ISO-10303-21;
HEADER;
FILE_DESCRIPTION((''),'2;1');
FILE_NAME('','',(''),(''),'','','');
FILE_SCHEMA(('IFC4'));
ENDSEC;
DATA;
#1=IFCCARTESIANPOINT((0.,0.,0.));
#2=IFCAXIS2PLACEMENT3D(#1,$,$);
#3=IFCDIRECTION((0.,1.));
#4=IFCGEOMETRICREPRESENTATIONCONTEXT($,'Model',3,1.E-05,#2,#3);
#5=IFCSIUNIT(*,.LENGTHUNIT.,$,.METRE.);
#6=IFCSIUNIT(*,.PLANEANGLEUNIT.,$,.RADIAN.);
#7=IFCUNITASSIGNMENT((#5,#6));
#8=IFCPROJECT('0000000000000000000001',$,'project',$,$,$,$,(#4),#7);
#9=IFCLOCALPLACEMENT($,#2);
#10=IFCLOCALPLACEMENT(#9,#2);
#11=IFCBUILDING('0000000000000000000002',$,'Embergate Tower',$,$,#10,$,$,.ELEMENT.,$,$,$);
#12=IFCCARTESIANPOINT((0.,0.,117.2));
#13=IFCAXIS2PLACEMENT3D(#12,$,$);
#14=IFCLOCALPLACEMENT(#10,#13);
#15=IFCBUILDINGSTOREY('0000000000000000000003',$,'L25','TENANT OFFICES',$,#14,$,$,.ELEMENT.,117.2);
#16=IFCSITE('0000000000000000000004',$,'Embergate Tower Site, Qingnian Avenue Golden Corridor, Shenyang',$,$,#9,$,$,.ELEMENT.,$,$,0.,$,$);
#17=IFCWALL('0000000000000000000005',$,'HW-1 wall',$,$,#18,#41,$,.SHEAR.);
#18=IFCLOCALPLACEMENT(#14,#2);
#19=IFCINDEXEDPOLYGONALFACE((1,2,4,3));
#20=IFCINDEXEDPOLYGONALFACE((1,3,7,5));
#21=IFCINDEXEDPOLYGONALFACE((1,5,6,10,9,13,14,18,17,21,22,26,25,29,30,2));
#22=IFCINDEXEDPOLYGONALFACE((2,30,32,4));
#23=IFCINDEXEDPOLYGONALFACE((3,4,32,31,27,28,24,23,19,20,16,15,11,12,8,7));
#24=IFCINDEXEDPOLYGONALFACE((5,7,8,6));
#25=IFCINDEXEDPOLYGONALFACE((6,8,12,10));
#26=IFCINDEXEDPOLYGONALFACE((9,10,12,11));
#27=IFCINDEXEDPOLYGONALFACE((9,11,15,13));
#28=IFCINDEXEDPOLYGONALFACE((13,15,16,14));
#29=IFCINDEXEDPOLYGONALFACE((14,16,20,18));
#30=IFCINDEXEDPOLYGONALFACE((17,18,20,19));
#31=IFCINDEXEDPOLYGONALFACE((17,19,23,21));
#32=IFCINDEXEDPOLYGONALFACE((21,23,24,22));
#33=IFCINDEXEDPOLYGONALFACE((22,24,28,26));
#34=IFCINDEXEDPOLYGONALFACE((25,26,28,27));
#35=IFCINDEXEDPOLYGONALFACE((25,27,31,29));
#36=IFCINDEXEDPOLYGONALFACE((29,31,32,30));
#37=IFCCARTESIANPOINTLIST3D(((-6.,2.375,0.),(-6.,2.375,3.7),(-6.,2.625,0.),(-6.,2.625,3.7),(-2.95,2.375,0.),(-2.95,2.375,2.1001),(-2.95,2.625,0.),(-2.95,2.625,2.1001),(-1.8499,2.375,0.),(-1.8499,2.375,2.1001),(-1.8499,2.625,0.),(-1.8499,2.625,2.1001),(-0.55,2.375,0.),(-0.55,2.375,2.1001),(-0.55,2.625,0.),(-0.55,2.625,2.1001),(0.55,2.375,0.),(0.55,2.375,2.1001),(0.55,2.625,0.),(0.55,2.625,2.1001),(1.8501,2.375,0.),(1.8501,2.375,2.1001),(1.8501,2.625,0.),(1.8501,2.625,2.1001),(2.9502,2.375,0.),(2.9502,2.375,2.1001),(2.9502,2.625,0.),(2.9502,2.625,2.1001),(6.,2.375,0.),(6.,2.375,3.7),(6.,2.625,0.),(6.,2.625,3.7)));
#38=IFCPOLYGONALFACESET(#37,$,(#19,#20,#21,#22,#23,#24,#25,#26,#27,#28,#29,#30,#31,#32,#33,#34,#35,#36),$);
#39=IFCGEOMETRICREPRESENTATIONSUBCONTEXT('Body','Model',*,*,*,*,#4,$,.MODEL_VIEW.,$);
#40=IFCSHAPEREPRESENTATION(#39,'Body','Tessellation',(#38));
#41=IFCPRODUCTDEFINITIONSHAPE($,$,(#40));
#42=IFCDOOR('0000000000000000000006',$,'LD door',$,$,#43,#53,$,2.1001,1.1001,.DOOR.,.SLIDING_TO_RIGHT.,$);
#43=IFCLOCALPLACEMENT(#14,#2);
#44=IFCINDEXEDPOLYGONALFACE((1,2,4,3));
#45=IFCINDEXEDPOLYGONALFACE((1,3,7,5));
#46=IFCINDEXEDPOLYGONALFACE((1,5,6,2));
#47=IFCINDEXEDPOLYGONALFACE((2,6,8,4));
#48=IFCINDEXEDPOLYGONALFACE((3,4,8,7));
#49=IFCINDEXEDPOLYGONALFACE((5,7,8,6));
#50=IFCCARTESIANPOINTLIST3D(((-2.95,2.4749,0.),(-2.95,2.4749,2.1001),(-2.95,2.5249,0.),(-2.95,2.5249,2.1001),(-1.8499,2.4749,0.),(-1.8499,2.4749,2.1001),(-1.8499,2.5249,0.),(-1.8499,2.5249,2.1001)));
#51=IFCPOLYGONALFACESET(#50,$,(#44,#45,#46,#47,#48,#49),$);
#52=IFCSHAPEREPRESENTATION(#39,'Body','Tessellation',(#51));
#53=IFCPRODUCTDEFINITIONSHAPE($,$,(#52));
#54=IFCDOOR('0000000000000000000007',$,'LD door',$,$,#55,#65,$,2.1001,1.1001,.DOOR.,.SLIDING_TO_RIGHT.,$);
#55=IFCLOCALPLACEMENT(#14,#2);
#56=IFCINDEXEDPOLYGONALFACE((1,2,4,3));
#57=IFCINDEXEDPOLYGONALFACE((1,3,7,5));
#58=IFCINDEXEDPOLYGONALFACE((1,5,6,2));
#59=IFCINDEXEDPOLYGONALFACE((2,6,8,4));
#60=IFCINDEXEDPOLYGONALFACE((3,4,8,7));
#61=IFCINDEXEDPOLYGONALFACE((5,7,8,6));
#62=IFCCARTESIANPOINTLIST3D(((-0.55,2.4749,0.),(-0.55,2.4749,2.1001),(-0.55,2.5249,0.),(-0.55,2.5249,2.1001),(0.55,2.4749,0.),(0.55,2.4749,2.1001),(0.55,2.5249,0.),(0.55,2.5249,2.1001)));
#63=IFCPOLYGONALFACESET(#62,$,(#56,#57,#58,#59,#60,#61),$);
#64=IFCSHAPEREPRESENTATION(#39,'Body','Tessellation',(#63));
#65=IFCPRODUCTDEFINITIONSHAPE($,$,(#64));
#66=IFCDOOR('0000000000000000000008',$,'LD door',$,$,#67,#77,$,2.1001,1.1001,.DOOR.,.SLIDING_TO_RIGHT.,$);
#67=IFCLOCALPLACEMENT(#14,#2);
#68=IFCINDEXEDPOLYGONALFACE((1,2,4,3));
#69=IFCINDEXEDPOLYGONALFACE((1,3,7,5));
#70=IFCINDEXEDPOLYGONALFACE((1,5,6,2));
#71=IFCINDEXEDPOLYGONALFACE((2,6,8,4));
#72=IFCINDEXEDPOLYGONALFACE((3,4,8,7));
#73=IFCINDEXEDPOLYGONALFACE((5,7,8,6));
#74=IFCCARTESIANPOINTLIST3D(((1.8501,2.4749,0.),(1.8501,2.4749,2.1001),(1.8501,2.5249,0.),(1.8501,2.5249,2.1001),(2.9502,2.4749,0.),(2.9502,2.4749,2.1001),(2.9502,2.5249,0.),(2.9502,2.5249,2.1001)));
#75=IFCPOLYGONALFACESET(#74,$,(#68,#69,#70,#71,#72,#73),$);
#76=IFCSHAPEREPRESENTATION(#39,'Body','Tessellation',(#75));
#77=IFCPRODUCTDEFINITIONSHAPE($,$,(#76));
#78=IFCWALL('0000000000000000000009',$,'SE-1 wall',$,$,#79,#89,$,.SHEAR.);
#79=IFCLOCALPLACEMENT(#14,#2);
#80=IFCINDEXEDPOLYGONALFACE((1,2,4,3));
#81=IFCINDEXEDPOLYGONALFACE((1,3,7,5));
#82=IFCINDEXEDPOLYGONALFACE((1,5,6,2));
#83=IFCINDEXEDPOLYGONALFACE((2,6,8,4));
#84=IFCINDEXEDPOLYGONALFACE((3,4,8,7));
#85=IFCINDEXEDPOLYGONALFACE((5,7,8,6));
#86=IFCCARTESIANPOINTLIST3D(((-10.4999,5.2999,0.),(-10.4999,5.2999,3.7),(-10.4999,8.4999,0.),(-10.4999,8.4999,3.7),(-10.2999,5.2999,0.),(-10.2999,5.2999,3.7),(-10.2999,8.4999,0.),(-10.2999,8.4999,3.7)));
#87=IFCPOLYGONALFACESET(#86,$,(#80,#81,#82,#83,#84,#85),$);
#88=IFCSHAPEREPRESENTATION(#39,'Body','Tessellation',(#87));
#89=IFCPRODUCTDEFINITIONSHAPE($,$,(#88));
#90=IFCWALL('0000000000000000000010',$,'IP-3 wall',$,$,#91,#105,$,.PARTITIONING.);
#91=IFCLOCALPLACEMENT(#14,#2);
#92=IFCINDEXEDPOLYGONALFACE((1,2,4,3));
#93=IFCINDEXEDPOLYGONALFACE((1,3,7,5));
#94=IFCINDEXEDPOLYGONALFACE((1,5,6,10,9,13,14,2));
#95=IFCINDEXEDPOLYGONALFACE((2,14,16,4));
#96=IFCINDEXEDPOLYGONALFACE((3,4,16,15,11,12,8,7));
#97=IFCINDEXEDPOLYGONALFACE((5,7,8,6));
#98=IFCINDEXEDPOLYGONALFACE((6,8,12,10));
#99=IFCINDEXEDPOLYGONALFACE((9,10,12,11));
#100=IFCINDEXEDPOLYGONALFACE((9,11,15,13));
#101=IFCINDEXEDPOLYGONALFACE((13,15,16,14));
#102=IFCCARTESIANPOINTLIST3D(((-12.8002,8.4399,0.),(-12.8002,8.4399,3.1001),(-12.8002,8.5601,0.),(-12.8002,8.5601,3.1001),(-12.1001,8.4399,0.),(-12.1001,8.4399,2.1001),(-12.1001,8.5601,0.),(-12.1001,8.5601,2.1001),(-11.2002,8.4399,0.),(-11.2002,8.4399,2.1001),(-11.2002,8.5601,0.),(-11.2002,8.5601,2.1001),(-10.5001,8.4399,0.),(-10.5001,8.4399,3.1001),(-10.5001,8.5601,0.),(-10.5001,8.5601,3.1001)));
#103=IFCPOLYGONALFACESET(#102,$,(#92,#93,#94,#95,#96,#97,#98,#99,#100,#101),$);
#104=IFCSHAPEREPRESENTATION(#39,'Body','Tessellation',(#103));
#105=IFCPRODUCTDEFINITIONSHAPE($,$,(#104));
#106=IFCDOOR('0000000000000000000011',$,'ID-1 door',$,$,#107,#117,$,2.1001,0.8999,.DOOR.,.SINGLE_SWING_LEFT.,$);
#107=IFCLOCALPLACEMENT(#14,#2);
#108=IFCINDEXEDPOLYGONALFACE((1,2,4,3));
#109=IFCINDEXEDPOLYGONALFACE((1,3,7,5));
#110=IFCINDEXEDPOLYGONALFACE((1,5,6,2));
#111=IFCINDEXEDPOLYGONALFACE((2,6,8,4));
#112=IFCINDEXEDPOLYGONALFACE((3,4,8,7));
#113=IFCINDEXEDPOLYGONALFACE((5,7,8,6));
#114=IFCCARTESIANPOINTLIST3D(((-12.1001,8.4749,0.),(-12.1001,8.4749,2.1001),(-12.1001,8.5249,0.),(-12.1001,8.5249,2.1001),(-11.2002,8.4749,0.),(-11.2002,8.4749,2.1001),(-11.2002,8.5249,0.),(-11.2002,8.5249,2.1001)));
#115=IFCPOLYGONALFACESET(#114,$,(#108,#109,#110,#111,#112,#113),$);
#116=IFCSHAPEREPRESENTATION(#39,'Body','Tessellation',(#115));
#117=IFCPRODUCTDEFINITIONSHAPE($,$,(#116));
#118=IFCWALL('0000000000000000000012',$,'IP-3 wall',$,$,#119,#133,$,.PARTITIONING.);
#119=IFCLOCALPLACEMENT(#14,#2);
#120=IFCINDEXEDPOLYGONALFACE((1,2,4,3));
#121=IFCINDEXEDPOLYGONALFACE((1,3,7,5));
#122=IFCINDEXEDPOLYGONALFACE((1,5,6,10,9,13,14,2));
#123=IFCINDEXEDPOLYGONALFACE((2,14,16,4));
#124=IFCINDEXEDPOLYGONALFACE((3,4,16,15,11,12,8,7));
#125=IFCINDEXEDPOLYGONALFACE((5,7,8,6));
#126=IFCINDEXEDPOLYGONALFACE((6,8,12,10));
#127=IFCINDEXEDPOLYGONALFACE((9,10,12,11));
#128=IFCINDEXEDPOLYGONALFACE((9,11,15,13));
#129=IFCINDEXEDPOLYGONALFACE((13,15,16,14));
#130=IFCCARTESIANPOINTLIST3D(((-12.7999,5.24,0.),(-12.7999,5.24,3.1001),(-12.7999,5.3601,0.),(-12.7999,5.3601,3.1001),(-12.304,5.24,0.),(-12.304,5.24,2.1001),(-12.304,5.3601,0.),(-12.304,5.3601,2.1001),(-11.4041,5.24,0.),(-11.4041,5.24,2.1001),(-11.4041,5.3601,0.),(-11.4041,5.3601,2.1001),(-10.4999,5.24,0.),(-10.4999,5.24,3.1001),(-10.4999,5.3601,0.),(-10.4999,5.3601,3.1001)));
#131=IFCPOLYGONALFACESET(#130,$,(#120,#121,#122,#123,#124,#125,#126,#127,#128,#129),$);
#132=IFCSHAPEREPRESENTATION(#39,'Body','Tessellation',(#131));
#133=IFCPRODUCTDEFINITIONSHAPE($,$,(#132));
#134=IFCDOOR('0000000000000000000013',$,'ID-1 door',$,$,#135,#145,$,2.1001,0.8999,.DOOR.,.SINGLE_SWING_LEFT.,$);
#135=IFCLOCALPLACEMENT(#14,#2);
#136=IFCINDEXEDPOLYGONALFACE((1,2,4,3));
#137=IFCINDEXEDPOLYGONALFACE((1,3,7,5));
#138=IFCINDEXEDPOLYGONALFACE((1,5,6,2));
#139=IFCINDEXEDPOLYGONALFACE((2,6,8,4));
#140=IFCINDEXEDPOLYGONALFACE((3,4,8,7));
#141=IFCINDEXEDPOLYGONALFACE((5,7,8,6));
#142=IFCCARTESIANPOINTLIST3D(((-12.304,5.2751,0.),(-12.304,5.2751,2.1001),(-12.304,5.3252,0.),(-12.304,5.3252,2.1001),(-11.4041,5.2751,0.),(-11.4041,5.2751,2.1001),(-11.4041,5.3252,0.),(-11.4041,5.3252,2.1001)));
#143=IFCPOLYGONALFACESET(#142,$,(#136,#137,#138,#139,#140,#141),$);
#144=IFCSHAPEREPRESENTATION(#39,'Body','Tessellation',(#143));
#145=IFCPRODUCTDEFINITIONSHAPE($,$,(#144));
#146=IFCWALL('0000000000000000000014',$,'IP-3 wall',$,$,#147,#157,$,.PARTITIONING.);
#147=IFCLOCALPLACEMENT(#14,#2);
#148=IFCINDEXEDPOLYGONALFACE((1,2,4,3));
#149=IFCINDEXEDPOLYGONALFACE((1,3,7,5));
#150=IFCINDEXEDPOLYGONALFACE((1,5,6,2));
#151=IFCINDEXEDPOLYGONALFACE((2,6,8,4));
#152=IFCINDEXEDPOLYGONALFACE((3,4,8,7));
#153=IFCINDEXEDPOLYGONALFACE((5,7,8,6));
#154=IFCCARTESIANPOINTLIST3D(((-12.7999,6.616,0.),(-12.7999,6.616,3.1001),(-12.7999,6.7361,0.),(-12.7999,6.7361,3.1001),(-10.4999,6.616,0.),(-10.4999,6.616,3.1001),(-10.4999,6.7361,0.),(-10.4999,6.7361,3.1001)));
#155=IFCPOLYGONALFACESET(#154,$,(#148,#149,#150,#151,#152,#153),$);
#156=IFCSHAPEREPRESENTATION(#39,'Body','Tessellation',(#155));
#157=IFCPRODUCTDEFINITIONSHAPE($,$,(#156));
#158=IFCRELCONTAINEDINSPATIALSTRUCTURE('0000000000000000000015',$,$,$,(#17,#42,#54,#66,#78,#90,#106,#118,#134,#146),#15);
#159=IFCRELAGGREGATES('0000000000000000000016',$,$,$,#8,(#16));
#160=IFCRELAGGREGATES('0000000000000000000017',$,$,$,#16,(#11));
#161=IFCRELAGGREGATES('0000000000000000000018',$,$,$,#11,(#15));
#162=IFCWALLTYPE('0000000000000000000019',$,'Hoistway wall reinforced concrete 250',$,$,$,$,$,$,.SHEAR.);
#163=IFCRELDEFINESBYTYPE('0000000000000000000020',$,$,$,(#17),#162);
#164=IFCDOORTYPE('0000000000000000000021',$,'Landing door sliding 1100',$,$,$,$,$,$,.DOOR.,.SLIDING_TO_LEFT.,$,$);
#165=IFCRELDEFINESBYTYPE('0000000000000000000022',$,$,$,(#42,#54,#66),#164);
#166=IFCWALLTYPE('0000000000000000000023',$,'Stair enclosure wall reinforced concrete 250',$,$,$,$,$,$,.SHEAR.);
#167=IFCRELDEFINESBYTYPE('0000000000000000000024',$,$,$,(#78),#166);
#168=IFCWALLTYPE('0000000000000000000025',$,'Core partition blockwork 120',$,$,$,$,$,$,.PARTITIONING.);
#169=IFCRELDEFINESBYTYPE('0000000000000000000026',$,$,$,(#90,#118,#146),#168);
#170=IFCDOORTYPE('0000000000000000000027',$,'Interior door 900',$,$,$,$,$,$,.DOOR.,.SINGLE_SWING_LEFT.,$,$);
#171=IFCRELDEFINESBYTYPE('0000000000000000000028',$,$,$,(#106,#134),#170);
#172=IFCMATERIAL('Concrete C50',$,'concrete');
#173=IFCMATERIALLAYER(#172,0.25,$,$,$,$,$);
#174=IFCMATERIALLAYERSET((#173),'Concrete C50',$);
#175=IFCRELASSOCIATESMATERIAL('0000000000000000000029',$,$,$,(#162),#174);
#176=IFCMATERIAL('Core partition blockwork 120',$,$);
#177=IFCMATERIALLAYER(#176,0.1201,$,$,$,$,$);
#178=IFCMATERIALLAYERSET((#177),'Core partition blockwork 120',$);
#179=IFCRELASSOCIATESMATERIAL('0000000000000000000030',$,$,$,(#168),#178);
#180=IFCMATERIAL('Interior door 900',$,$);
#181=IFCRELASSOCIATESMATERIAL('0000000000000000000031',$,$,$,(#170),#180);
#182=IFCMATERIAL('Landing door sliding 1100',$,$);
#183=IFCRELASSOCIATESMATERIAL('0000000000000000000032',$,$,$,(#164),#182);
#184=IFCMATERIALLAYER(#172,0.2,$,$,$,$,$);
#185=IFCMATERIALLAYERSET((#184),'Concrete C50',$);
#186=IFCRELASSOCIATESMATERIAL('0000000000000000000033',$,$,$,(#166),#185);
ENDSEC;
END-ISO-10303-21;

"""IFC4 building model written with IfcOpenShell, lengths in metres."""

from ifc_helpers import new_model, si_unit, direction, frame, frame_2d, origin, place, context, subcontext, project, spatial, rectangle, extrude, source, transform, mapped, material, layer, layer_set, type_object, element, fill, save


model = new_model("IFC4")

# Units and contexts
model_context = context("Model", 3, precision=1e-05, world=origin(), true_north=direction((0.0, 1.0)))
body_context = subcontext(model_context, "Body", "Model", "MODEL_VIEW")
ifc_project = project(units=[si_unit("LENGTHUNIT", "METRE"), si_unit("PLANEANGLEUNIT", "RADIAN")], contexts=[model_context])

# Site, building, storey
site_placement = place(None, origin())
site = spatial("IfcSite", under=ifc_project, at=site_placement, Name="Embergate Tower Site, Qingnian Avenue Golden Corridor, Shenyang", CompositionType="ELEMENT", RefElevation=0.0)
building_placement = place(site_placement, origin())
building = spatial("IfcBuilding", under=site, at=building_placement, Name="Embergate Tower", CompositionType="ELEMENT")
storey_placement = place(building_placement, frame((0.0, 0.0, 117.2)))
storey = spatial("IfcBuildingStorey", under=building, at=storey_placement, Name="L25", Description="TENANT OFFICES", CompositionType="ELEMENT", Elevation=117.2)

# Shared definitions
ifc_material_1 = material(Name="Concrete C50", Category="concrete")
ifc_layer_1 = layer(ifc_material_1, 0.25)
ifc_layer_set_1 = layer_set([ifc_layer_1], Name="Concrete C50")
wall_type_1 = type_object("IfcWallType", Name="Hoistway wall reinforced concrete 250", PredefinedType="SHEAR", material=ifc_layer_set_1)

# Shared definitions
ifc_material_2 = material(Name="Core partition blockwork 120")
ifc_layer_2 = layer(ifc_material_2, 0.1201)
ifc_layer_set_2 = layer_set([ifc_layer_2], Name="Core partition blockwork 120")
wall_type_2 = type_object("IfcWallType", Name="Core partition blockwork 120", PredefinedType="PARTITIONING", material=ifc_layer_set_2)
shared_shape_1 = source(origin(), body_context, "Body", "SweptSolid", [
    extrude(rectangle(XDim=0.8999, YDim=2.1001, at=frame_2d((0.45, 1.05))), frame((0.0, 0.0701, 0.0), z_axis=(0.0, -1.0, 0.0), x_axis=(1.0, 0.0, 0.0)), (0.0, 0.0, 1.0), 0.1401),
])
ifc_material_3 = material(Name="Interior door 900")
door_type_1 = type_object("IfcDoorType", Name="Interior door 900", OperationType="SINGLE_SWING_LEFT", PredefinedType="DOOR", material=ifc_material_3)
shared_shape_2 = source(origin(), body_context, "Body", "SweptSolid", [
    extrude(rectangle(XDim=0.8999, YDim=2.1001, at=frame_2d((0.45, 1.05))), frame((0.0, 0.0249, 0.0), z_axis=(0.0, -1.0, 0.0), x_axis=(1.0, 0.0, 0.0)), (0.0, 0.0, 1.0), 0.05),
])

# Wall, openings, doors
shared_shape_3 = source(origin(), body_context, "Body", "SweptSolid", [
    extrude(rectangle(XDim=12.0, YDim=0.25, at=frame_2d((6.0, 0.0))), origin(), (0.0, 0.0, 1.0), 3.7),
])
wall_1_placement = place(storey_placement, frame((-6.0, 2.5, 0.0), z_axis=(0.0, 0.0, 1.0), x_axis=(1.0, 0.0, 0.0)))
wall_1 = element("IfcWall", 1, at=wall_1_placement, inside=storey, type_object=wall_type_1, Name="HW-1 wall", PredefinedType="SHEAR", context=body_context, shape_type="MappedRepresentation", body=[
    mapped(shared_shape_3, transform((0.0, 0.0, 0.0))),
])
shared_shape_4 = source(origin(), body_context, "Body", "SweptSolid", [
    extrude(rectangle(XDim=1.1001, YDim=2.1001, at=frame_2d((0.55, 1.05))), frame((0.0, 0.135, 0.0), z_axis=(0.0, -1.0, 0.0), x_axis=(1.0, 0.0, 0.0)), (0.0, 0.0, 1.0), 0.27),
])
opening_1_placement = place(wall_1_placement, frame((3.05, 0.0, 0.0)))
opening_1 = element("IfcOpeningElement", 2, at=opening_1_placement, cuts=wall_1, PredefinedType="OPENING", context=body_context, shape_type="MappedRepresentation", body=[
    mapped(shared_shape_4, transform((0.0, 0.0, 0.0))),
])
opening_2_placement = place(wall_1_placement, frame((5.45, 0.0, 0.0)))
opening_2 = element("IfcOpeningElement", 3, at=opening_2_placement, cuts=wall_1, PredefinedType="OPENING", context=body_context, shape_type="MappedRepresentation", body=[
    mapped(shared_shape_4, transform((0.0, 0.0, 0.0))),
])
opening_3_placement = place(wall_1_placement, frame((7.8501, 0.0, 0.0)))
opening_3 = element("IfcOpeningElement", 4, at=opening_3_placement, cuts=wall_1, PredefinedType="OPENING", context=body_context, shape_type="MappedRepresentation", body=[
    mapped(shared_shape_4, transform((0.0, 0.0, 0.0))),
])
ifc_material_4 = material(Name="Landing door sliding 1100")
door_type_2 = type_object("IfcDoorType", Name="Landing door sliding 1100", OperationType="SLIDING_TO_LEFT", PredefinedType="DOOR", material=ifc_material_4)
shared_shape_5 = source(origin(), body_context, "Body", "SweptSolid", [
    extrude(rectangle(XDim=1.1001, YDim=2.1001, at=frame_2d((0.55, 1.05))), frame((0.0, 0.0249, 0.0), z_axis=(0.0, -1.0, 0.0), x_axis=(1.0, 0.0, 0.0)), (0.0, 0.0, 1.0), 0.05),
])
door_1_placement = place(opening_1_placement, origin())
door_1 = element("IfcDoor", 5, at=door_1_placement, inside=storey, type_object=door_type_2, Name="LD door", OperationType="SLIDING_TO_RIGHT", OverallHeight=2.1001, OverallWidth=1.1001, PredefinedType="DOOR", context=body_context, shape_type="MappedRepresentation", body=[
    mapped(shared_shape_5, transform((0.0, 0.0, 0.0))),
])
fill(opening_1, door_1)
door_2_placement = place(opening_2_placement, origin())
door_2 = element("IfcDoor", 6, at=door_2_placement, inside=storey, type_object=door_type_2, Name="LD door", OperationType="SLIDING_TO_RIGHT", OverallHeight=2.1001, OverallWidth=1.1001, PredefinedType="DOOR", context=body_context, shape_type="MappedRepresentation", body=[
    mapped(shared_shape_5, transform((0.0, 0.0, 0.0))),
])
fill(opening_2, door_2)
door_3_placement = place(opening_3_placement, origin())
door_3 = element("IfcDoor", 7, at=door_3_placement, inside=storey, type_object=door_type_2, Name="LD door", OperationType="SLIDING_TO_RIGHT", OverallHeight=2.1001, OverallWidth=1.1001, PredefinedType="DOOR", context=body_context, shape_type="MappedRepresentation", body=[
    mapped(shared_shape_5, transform((0.0, 0.0, 0.0))),
])
fill(opening_3, door_3)

# Wall
ifc_layer_3 = layer(ifc_material_1, 0.2)
ifc_layer_set_3 = layer_set([ifc_layer_3], Name="Concrete C50")
wall_type_3 = type_object("IfcWallType", Name="Stair enclosure wall reinforced concrete 250", PredefinedType="SHEAR", material=ifc_layer_set_3)
shared_shape_6 = source(origin(), body_context, "Body", "SweptSolid", [
    extrude(rectangle(XDim=3.2, YDim=0.2, at=frame_2d((1.6001, 0.0))), origin(), (0.0, 0.0, 1.0), 3.7),
])
wall_2_placement = place(storey_placement, frame((-10.3999, 8.5, 0.0), z_axis=(0.0, 0.0, 1.0), x_axis=(0.0, -1.0, 0.0)))
element("IfcWall", 8, at=wall_2_placement, inside=storey, type_object=wall_type_3, Name="SE-1 wall", PredefinedType="SHEAR", context=body_context, shape_type="MappedRepresentation", body=[
    mapped(shared_shape_6, transform((0.0, 0.0, 0.0))),
])

# Walls, openings, doors
shared_shape_7 = source(origin(), body_context, "Body", "SweptSolid", [
    extrude(rectangle(XDim=2.3, YDim=0.1201, at=frame_2d((1.1499, 0.0))), origin(), (0.0, 0.0, 1.0), 3.1001),
])
wall_3_placement = place(storey_placement, frame((-12.8, 8.5, 0.0), z_axis=(0.0, 0.0, 1.0), x_axis=(1.0, 0.0, 0.0)))
wall_3 = element("IfcWall", 9, at=wall_3_placement, inside=storey, type_object=wall_type_2, Name="IP-3 wall", PredefinedType="PARTITIONING", context=body_context, shape_type="MappedRepresentation", body=[
    mapped(shared_shape_7, transform((0.0, 0.0, 0.0))),
])
opening_4_placement = place(wall_3_placement, frame((0.7, 0.0, 0.0)))
opening_4 = element("IfcOpeningElement", 10, at=opening_4_placement, cuts=wall_3, PredefinedType="OPENING", context=body_context, shape_type="MappedRepresentation", body=[
    mapped(shared_shape_1, transform((0.0, 0.0, 0.0))),
])
door_4_placement = place(opening_4_placement, origin())
door_4 = element("IfcDoor", 11, at=door_4_placement, inside=storey, type_object=door_type_1, Name="ID-1 door", OperationType="SINGLE_SWING_LEFT", OverallHeight=2.1001, OverallWidth=0.8999, PredefinedType="DOOR", context=body_context, shape_type="MappedRepresentation", body=[
    mapped(shared_shape_2, transform((0.0, 0.0, 0.0))),
])
fill(opening_4, door_4)
wall_4_placement = place(storey_placement, frame((-10.5, 5.3, 0.0), z_axis=(0.0, 0.0, 1.0), x_axis=(-1.0, 0.0, 0.0)))
wall_4 = element("IfcWall", 12, at=wall_4_placement, inside=storey, type_object=wall_type_2, Name="IP-3 wall", PredefinedType="PARTITIONING", context=body_context, shape_type="MappedRepresentation", body=[
    mapped(shared_shape_7, transform((0.0, 0.0, 0.0))),
])
opening_5_placement = place(wall_4_placement, frame((0.9041, 0.0, 0.0)))
opening_5 = element("IfcOpeningElement", 13, at=opening_5_placement, cuts=wall_4, PredefinedType="OPENING", context=body_context, shape_type="MappedRepresentation", body=[
    mapped(shared_shape_1, transform((0.0, 0.0, 0.0))),
])
door_5_placement = place(opening_5_placement, origin())
door_5 = element("IfcDoor", 14, at=door_5_placement, inside=storey, type_object=door_type_1, Name="ID-1 door", OperationType="SINGLE_SWING_LEFT", OverallHeight=2.1001, OverallWidth=0.8999, PredefinedType="DOOR", context=body_context, shape_type="MappedRepresentation", body=[
    mapped(shared_shape_2, transform((0.0, 0.0, 0.0))),
])
fill(opening_5, door_5)

# Wall
wall_5_placement = place(storey_placement, frame((-10.5, 6.676, 0.0), z_axis=(0.0, 0.0, 1.0), x_axis=(-1.0, 0.0, 0.0)))
element("IfcWall", 15, at=wall_5_placement, inside=storey, type_object=wall_type_2, Name="IP-3 wall", PredefinedType="PARTITIONING", context=body_context, shape_type="MappedRepresentation", body=[
    mapped(shared_shape_7, transform((0.0, 0.0, 0.0))),
])

save(model, "model.ifc")
